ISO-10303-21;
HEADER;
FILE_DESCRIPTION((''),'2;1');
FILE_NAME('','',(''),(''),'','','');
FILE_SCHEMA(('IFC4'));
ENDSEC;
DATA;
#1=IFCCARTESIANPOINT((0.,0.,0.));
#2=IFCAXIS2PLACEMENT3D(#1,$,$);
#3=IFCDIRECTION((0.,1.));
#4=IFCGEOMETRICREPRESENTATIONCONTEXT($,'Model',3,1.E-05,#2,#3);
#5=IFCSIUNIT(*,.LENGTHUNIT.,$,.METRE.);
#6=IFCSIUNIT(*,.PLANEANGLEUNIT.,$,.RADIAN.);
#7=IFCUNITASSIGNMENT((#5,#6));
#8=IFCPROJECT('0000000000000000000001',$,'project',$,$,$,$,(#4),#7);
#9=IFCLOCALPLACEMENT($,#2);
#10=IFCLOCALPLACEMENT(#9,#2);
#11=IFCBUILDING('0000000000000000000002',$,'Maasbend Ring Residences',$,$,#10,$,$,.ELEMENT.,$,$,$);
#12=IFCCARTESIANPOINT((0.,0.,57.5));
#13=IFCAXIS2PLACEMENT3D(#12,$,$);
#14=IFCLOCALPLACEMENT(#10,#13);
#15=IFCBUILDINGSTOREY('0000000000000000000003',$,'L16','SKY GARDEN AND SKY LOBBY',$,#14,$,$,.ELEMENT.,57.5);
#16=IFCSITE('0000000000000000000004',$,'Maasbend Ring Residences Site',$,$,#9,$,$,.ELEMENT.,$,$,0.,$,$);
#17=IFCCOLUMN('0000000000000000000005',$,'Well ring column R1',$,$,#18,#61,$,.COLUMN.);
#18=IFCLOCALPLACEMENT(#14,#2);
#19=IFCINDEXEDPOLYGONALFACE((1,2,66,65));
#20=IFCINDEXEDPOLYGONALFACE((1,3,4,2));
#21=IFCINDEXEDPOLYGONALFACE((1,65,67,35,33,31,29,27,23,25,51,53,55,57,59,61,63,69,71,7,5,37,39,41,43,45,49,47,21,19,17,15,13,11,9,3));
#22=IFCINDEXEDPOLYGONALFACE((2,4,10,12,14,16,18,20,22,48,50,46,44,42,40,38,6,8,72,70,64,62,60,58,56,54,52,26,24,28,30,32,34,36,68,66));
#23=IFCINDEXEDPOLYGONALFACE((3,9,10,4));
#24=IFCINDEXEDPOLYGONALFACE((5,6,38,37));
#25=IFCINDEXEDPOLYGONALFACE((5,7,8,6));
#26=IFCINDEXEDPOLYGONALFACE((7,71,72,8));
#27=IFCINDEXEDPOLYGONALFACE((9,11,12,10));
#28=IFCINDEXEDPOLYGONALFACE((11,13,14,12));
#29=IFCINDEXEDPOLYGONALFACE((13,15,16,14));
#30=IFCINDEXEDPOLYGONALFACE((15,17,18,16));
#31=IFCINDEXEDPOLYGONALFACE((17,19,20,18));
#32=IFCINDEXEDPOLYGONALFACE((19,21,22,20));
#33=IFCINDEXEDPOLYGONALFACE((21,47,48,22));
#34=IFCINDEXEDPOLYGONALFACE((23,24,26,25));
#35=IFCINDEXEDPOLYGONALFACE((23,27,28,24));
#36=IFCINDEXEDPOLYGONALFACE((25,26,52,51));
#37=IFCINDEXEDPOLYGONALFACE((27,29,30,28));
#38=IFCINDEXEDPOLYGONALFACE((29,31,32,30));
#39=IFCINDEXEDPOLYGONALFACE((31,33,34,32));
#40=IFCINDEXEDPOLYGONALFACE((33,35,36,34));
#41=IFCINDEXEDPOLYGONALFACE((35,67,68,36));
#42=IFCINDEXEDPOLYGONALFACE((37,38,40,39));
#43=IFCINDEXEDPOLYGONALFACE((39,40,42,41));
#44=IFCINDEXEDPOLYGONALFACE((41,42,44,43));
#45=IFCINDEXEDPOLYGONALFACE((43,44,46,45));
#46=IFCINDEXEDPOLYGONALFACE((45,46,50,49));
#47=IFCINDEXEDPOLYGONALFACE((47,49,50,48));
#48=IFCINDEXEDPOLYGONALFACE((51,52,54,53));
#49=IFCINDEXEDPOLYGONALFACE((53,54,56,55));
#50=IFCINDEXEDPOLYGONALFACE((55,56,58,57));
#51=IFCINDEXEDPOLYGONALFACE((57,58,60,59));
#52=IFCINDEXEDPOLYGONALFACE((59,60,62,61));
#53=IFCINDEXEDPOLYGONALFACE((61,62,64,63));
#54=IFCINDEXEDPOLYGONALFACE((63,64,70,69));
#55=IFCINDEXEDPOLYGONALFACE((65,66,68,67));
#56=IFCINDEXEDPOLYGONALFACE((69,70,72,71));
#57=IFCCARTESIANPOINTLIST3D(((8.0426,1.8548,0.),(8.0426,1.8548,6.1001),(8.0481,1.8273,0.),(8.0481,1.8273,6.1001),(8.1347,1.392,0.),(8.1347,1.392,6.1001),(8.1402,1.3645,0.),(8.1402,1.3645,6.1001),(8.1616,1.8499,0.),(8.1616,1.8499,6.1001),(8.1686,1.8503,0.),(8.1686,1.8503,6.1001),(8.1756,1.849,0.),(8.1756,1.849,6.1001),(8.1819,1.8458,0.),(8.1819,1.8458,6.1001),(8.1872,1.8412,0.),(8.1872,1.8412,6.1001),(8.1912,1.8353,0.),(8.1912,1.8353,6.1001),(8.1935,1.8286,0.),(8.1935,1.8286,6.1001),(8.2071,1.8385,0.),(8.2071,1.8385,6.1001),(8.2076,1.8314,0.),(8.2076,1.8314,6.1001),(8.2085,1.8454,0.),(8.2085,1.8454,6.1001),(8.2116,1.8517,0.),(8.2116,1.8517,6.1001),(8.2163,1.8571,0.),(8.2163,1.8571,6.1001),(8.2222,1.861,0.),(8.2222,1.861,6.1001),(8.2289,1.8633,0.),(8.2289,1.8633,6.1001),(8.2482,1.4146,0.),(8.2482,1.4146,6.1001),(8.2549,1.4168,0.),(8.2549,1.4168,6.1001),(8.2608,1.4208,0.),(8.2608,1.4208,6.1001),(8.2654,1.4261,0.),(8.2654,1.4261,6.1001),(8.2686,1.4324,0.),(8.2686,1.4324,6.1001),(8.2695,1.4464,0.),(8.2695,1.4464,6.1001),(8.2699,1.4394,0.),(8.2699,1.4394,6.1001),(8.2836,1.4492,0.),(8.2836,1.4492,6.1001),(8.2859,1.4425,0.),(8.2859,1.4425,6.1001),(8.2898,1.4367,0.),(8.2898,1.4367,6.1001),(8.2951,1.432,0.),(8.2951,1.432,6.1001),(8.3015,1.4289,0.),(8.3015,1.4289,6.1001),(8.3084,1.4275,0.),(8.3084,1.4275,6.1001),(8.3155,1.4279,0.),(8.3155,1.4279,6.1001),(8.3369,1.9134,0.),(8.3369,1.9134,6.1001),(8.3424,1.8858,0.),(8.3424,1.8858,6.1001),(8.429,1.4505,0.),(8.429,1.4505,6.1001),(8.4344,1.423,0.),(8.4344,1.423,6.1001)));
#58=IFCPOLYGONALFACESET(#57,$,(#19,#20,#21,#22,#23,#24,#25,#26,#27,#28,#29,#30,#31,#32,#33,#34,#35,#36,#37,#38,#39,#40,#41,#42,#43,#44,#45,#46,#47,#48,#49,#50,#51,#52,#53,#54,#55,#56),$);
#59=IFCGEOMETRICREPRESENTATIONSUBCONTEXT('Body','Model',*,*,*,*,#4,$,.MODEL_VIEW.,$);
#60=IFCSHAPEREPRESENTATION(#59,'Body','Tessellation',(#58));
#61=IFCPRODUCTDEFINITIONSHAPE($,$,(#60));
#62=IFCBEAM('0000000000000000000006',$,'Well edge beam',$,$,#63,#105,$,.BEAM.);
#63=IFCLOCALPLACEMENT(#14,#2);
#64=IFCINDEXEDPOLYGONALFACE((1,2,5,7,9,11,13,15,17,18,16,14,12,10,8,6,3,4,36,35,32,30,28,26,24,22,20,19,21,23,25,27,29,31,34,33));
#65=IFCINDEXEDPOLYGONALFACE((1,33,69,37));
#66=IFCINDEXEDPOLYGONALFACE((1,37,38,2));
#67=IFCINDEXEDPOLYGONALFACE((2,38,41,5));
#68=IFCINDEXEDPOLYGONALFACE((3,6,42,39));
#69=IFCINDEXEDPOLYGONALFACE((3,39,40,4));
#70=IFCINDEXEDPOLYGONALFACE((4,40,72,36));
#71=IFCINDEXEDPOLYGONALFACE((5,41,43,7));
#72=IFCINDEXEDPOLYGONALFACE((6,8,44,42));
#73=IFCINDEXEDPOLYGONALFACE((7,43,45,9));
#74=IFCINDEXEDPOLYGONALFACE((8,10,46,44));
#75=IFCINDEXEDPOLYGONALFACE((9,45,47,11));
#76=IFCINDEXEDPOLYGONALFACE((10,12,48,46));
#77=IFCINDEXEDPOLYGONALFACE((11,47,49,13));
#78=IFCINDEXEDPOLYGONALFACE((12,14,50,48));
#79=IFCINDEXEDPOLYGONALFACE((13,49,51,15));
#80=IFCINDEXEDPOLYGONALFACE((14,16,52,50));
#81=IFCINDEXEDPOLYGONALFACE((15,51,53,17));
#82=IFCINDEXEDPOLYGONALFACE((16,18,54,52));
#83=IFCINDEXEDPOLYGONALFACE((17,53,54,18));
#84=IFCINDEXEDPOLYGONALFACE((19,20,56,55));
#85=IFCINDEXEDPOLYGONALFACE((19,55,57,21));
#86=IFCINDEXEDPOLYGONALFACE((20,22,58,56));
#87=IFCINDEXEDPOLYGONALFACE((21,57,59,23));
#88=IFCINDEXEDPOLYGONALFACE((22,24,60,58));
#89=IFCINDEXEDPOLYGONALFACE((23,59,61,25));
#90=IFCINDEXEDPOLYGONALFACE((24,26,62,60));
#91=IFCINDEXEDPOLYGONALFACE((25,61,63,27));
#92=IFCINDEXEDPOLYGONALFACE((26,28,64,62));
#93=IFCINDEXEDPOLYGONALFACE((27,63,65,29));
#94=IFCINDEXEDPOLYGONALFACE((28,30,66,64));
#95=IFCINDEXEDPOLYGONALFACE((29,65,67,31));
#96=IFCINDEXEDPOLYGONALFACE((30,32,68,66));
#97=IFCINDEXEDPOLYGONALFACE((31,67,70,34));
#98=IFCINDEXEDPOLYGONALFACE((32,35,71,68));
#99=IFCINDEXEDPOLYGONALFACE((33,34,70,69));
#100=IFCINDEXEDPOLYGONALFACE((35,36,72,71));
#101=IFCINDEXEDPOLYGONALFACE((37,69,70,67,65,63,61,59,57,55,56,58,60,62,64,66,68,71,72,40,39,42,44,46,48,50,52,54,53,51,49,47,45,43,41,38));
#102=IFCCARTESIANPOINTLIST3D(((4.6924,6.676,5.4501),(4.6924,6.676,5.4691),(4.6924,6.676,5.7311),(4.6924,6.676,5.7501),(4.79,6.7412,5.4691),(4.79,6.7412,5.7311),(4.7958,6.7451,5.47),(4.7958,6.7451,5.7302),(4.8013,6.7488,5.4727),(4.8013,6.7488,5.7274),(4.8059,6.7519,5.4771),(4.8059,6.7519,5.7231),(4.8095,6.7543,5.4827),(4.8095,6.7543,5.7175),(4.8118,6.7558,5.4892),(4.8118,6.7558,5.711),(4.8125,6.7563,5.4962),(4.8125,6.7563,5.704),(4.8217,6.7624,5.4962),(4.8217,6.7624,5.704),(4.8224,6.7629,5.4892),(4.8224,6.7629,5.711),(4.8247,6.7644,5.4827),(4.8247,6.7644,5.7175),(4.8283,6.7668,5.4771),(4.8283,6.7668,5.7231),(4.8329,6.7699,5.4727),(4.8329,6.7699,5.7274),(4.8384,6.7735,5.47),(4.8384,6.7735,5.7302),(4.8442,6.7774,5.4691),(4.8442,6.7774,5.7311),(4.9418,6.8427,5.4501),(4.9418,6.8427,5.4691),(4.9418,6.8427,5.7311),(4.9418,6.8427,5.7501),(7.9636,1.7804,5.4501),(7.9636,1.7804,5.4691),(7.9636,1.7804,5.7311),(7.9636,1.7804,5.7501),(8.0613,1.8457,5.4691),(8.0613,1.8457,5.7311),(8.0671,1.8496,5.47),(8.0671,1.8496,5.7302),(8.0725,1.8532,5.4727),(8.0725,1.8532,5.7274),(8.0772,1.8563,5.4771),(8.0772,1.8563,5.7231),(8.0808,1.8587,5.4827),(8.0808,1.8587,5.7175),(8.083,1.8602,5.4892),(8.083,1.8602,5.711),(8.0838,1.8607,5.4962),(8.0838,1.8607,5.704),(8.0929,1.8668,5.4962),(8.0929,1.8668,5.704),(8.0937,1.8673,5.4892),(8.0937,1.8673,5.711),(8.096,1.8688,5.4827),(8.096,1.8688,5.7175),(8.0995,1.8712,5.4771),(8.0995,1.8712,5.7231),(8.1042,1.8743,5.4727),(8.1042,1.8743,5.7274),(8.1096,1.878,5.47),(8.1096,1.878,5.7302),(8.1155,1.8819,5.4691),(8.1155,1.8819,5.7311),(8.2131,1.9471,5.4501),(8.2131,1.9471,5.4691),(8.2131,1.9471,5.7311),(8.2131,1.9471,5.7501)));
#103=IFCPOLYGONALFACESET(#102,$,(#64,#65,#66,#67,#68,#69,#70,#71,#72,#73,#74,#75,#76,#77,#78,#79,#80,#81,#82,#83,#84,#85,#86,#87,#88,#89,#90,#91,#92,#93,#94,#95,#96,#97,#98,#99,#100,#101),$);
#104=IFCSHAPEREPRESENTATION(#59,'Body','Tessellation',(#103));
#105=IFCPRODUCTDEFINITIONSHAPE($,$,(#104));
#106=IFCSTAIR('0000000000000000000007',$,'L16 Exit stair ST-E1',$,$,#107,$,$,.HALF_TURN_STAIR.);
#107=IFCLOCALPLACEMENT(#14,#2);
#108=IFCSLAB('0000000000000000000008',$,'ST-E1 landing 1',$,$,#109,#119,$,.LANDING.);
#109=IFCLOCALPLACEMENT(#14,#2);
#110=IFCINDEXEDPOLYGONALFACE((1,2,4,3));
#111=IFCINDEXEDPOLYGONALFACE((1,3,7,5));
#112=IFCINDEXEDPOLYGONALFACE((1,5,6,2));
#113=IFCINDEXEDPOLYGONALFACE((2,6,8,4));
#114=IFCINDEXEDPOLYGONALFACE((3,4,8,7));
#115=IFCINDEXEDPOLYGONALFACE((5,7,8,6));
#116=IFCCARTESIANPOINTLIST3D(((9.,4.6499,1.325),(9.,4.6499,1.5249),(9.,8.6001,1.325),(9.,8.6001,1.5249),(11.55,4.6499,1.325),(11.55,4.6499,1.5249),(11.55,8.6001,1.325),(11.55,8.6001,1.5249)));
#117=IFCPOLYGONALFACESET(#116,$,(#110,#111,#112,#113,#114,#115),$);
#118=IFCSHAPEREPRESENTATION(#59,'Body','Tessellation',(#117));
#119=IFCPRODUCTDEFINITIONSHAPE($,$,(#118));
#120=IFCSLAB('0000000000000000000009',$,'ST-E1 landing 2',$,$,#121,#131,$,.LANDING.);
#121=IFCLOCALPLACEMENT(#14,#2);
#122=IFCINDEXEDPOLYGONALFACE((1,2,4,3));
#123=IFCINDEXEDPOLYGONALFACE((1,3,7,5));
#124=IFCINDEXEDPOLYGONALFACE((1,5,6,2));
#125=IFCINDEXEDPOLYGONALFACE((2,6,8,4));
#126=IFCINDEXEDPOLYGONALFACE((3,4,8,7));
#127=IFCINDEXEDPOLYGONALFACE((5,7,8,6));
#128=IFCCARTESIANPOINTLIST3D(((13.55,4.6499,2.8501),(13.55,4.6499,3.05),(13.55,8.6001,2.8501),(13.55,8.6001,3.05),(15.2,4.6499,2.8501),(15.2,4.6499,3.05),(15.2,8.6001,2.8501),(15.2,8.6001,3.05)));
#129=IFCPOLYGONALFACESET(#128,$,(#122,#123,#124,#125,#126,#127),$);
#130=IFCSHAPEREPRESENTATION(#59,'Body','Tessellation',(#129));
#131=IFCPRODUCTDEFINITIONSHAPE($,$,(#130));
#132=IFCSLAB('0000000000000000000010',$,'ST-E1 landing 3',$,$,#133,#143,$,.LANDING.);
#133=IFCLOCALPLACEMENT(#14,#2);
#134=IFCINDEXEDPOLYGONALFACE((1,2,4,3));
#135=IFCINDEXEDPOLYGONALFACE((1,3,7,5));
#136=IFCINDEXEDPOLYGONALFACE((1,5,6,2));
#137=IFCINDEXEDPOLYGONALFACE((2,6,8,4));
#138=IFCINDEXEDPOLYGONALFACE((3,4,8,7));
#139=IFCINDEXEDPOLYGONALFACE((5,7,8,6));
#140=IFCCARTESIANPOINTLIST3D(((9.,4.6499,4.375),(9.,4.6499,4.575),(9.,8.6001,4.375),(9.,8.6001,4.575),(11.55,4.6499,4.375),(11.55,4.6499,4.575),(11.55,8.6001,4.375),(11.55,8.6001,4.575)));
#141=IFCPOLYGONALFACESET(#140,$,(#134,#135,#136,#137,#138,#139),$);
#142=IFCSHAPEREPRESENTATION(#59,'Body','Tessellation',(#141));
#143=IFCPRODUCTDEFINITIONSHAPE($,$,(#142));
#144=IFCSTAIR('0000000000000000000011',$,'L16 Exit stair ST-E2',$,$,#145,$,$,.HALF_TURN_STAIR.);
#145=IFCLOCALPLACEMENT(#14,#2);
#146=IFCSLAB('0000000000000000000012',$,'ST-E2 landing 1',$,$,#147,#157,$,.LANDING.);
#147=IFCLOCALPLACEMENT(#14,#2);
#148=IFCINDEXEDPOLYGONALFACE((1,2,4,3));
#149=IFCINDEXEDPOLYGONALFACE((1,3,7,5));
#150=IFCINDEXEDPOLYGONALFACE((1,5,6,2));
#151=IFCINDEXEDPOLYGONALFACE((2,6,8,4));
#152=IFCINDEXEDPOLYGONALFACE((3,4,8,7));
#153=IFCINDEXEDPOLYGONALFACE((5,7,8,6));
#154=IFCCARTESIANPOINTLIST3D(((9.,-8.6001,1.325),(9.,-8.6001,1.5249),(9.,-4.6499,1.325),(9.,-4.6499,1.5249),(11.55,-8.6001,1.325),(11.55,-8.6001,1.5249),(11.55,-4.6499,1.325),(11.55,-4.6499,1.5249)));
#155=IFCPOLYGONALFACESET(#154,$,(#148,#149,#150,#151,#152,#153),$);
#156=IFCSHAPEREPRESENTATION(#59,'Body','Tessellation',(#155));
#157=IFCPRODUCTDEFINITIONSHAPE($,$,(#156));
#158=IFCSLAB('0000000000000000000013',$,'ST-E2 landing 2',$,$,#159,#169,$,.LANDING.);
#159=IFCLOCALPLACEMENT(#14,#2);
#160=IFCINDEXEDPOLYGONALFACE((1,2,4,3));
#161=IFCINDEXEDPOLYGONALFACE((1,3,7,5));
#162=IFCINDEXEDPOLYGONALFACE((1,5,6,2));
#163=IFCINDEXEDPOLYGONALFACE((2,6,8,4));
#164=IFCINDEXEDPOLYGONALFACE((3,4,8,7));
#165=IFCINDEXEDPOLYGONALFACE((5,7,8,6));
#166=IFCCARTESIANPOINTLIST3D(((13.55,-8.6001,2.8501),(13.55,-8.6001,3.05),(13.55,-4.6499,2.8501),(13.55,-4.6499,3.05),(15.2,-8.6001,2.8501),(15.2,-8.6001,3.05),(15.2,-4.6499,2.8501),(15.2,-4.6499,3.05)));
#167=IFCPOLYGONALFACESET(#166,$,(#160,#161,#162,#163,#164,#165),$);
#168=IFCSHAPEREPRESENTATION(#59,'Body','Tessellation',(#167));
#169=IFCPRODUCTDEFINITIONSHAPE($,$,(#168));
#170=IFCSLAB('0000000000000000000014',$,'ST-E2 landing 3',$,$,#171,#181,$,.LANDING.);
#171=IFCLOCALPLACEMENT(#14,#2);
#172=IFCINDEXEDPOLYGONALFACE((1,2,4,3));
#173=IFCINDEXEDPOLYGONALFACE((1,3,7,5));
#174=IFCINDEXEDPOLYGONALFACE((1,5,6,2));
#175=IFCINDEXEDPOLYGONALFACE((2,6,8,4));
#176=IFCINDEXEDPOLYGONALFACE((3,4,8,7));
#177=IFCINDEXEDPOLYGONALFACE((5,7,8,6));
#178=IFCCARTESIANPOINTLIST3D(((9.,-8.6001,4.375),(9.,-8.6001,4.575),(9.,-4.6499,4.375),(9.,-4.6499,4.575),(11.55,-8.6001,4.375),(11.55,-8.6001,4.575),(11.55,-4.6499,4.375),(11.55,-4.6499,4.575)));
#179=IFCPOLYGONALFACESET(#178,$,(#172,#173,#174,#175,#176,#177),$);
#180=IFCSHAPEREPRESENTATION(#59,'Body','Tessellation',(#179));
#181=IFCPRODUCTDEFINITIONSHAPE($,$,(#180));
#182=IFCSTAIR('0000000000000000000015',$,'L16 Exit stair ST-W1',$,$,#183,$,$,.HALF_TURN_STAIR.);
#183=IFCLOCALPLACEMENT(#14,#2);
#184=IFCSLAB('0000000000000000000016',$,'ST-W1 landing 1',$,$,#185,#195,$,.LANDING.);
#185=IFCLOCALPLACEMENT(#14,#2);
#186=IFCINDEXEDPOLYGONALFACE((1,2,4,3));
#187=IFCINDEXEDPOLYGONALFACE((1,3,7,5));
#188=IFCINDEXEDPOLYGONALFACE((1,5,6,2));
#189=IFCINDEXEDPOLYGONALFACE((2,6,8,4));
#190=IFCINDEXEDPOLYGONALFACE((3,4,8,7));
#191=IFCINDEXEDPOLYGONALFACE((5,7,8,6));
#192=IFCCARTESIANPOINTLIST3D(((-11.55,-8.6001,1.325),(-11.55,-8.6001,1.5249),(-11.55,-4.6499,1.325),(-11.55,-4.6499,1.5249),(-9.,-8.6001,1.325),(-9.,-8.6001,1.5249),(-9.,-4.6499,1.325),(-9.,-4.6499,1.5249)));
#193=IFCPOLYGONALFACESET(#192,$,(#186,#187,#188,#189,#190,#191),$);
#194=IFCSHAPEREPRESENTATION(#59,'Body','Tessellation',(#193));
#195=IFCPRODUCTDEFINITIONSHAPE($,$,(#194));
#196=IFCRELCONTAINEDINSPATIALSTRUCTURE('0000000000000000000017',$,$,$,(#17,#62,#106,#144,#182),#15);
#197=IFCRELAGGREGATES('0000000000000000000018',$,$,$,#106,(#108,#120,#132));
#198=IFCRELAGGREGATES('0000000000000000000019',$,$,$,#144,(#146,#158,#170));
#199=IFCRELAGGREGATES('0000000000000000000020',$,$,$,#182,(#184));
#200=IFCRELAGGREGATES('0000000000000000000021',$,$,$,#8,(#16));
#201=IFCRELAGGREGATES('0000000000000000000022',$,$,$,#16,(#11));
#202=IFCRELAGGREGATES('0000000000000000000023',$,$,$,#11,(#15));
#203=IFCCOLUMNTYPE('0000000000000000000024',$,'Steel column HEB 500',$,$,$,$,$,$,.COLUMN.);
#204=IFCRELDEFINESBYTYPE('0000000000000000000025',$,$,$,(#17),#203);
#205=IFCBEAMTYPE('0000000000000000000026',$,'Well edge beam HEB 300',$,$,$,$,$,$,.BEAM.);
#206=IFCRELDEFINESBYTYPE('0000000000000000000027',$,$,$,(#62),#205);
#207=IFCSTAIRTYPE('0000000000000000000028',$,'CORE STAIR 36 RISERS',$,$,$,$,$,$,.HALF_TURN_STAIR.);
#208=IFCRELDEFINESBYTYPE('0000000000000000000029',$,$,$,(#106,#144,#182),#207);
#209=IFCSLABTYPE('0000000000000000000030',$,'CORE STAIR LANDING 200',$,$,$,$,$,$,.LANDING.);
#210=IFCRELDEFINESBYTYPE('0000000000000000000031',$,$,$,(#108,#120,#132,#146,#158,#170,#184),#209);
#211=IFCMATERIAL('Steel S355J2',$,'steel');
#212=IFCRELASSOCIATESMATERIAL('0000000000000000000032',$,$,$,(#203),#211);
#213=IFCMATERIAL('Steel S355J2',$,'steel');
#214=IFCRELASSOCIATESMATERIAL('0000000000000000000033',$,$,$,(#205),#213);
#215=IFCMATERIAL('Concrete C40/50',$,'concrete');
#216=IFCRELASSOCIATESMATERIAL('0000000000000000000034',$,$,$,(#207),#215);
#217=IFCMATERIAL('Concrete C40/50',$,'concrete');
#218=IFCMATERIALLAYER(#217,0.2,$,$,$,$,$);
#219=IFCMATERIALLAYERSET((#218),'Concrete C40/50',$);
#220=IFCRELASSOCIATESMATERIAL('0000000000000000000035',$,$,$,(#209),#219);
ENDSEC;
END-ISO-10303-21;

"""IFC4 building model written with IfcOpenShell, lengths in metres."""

from ifc_helpers import new_model, si_unit, direction, frame, origin, origin_2d, place, context, subcontext, project, spatial, polyline, i_section, outline, extrude, material, layer, layer_set, material_profile, profile_set, type_object, element, aggregate, save


model = new_model("IFC4")

# Units and contexts
model_context = context("Model", 3, precision=1e-05, world=origin(), true_north=direction((0.0, 1.0)))
body_context = subcontext(model_context, "Body", "Model", "MODEL_VIEW")
ifc_project = project(units=[si_unit("LENGTHUNIT", "METRE"), si_unit("PLANEANGLEUNIT", "RADIAN")], contexts=[model_context])

# Site, building, storey
site_placement = place(None, origin())
site = spatial("IfcSite", under=ifc_project, at=site_placement, Name="Maasbend Ring Residences Site", CompositionType="ELEMENT", RefElevation=0.0)
building_placement = place(site_placement, origin())
building = spatial("IfcBuilding", under=site, at=building_placement, Name="Maasbend Ring Residences", CompositionType="ELEMENT")
storey_placement = place(building_placement, frame((0.0, 0.0, 57.5)))
storey = spatial("IfcBuildingStorey", under=building, at=storey_placement, Name="L16", Description="SKY GARDEN AND SKY LOBBY", CompositionType="ELEMENT", Elevation=57.5)

# Column
ifc_material_1 = material(Name="Steel S355J2", Category="steel")
ifc_material_profile_1 = material_profile(ifc_material_1, i_section(OverallWidth=0.3, OverallDepth=0.5, WebThickness=0.0144, FlangeThickness=0.0281, FilletRadius=0.0271, at=origin_2d()), Name="HEB 500")
ifc_profile_set_1 = profile_set([ifc_material_profile_1], Name="Steel S355J2")
column_type = type_object("IfcColumnType", Name="Steel column HEB 500", PredefinedType="COLUMN", material=ifc_profile_set_1)
column_placement = place(storey_placement, frame((8.2385, 1.6389, 0.0), z_axis=(0.0, 0.0, 1.0), x_axis=(0.980785, 0.19509, 0.0)))
element("IfcColumn", 1, at=column_placement, inside=storey, type_object=column_type, Name="Well ring column R1", PredefinedType="COLUMN", context=body_context, shape_type="SweptSolid", body=[
    extrude(i_section(OverallWidth=0.3, OverallDepth=0.5, WebThickness=0.0144, FlangeThickness=0.0281, FilletRadius=0.0271, at=origin_2d()), origin(), (0.0, 0.0, 1.0), 6.1001),
])

# Beam
ifc_material_2 = material(Name="Steel S355J2", Category="steel")
ifc_material_profile_2 = material_profile(ifc_material_2, i_section(OverallWidth=0.3, OverallDepth=0.3, WebThickness=0.011, FlangeThickness=0.019, FilletRadius=0.0271, at=origin_2d()), Name="HEB 300")
ifc_profile_set_2 = profile_set([ifc_material_profile_2], Name="Steel S355J2")
beam_type = type_object("IfcBeamType", Name="Well edge beam HEB 300", PredefinedType="BEAM", material=ifc_profile_set_2)
beam_placement = place(storey_placement, frame((8.0884, 1.8638, 5.6001), z_axis=(-0.55559, 0.831457, 0.0), x_axis=(-0.831457, -0.55559, 0.0)))
element("IfcBeam", 2, at=beam_placement, inside=storey, type_object=beam_type, Name="Well edge beam", PredefinedType="BEAM", context=body_context, shape_type="SweptSolid", body=[
    extrude(i_section(OverallWidth=0.3, OverallDepth=0.3, WebThickness=0.011, FlangeThickness=0.019, FilletRadius=0.0271, at=origin_2d()), origin(), (0.0, 0.0, 1.0), 5.8879),
])

# Stairs, slabs
ifc_material_3 = material(Name="Concrete C40/50", Category="concrete")
stair_type = type_object("IfcStairType", Name="CORE STAIR 36 RISERS", PredefinedType="HALF_TURN_STAIR", material=ifc_material_3)
stair_1_placement = place(storey_placement, origin())
stair_1 = element("IfcStair", 3, at=stair_1_placement, inside=storey, type_object=stair_type, Name="L16 Exit stair ST-E1", PredefinedType="HALF_TURN_STAIR")
ifc_material_4 = material(Name="Concrete C40/50", Category="concrete")
ifc_layer_1 = layer(ifc_material_4, 0.2)
ifc_layer_set_1 = layer_set([ifc_layer_1], Name="Concrete C40/50")
slab_type_1 = type_object("IfcSlabType", Name="CORE STAIR LANDING 200", PredefinedType="LANDING", material=ifc_layer_set_1)
slab_1_placement = place(storey_placement, frame((0.0, 0.0, 1.325)))
slab_1 = element("IfcSlab", 4, at=slab_1_placement, type_object=slab_type_1, Name="ST-E1 landing 1", PredefinedType="LANDING", context=body_context, shape_type="SweptSolid", body=[
    extrude(outline(polyline([(11.55, 8.6001), (9.0, 8.6001), (9.0, 4.6499), (11.55, 4.6499), (11.55, 8.6001)])), origin(), (0.0, 0.0, 1.0), 0.2),
])
slab_2_placement = place(storey_placement, frame((0.0, 0.0, 2.8501)))
slab_2 = element("IfcSlab", 5, at=slab_2_placement, type_object=slab_type_1, Name="ST-E1 landing 2", PredefinedType="LANDING", context=body_context, shape_type="SweptSolid", body=[
    extrude(outline(polyline([(15.2, 8.6001), (13.55, 8.6001), (13.55, 4.6499), (15.2, 4.6499), (15.2, 8.6001)])), origin(), (0.0, 0.0, 1.0), 0.2),
])
slab_3_placement = place(storey_placement, frame((0.0, 0.0, 4.375)))
slab_3 = element("IfcSlab", 6, at=slab_3_placement, type_object=slab_type_1, Name="ST-E1 landing 3", PredefinedType="LANDING", context=body_context, shape_type="SweptSolid", body=[
    extrude(outline(polyline([(11.55, 8.6001), (9.0, 8.6001), (9.0, 4.6499), (11.55, 4.6499), (11.55, 8.6001)])), origin(), (0.0, 0.0, 1.0), 0.2),
])
aggregate(stair_1, [slab_1, slab_2, slab_3])
stair_2_placement = place(storey_placement, origin())
stair_2 = element("IfcStair", 7, at=stair_2_placement, inside=storey, type_object=stair_type, Name="L16 Exit stair ST-E2", PredefinedType="HALF_TURN_STAIR")
slab_4_placement = place(storey_placement, frame((0.0, 0.0, 1.325)))
slab_4 = element("IfcSlab", 8, at=slab_4_placement, type_object=slab_type_1, Name="ST-E2 landing 1", PredefinedType="LANDING", context=body_context, shape_type="SweptSolid", body=[
    extrude(outline(polyline([(11.55, -4.6499), (9.0, -4.6499), (9.0, -8.6001), (11.55, -8.6001), (11.55, -4.6499)])), origin(), (0.0, 0.0, 1.0), 0.2),
])
slab_5_placement = place(storey_placement, frame((0.0, 0.0, 2.8501)))
slab_5 = element("IfcSlab", 9, at=slab_5_placement, type_object=slab_type_1, Name="ST-E2 landing 2", PredefinedType="LANDING", context=body_context, shape_type="SweptSolid", body=[
    extrude(outline(polyline([(15.2, -4.6499), (13.55, -4.6499), (13.55, -8.6001), (15.2, -8.6001), (15.2, -4.6499)])), origin(), (0.0, 0.0, 1.0), 0.2),
])
slab_6_placement = place(storey_placement, frame((0.0, 0.0, 4.375)))
slab_6 = element("IfcSlab", 10, at=slab_6_placement, type_object=slab_type_1, Name="ST-E2 landing 3", PredefinedType="LANDING", context=body_context, shape_type="SweptSolid", body=[
    extrude(outline(polyline([(11.55, -4.6499), (9.0, -4.6499), (9.0, -8.6001), (11.55, -8.6001), (11.55, -4.6499)])), origin(), (0.0, 0.0, 1.0), 0.2),
])
aggregate(stair_2, [slab_4, slab_5, slab_6])
stair_3_placement = place(storey_placement, origin())
stair_3 = element("IfcStair", 11, at=stair_3_placement, inside=storey, type_object=stair_type, Name="L16 Exit stair ST-W1", PredefinedType="HALF_TURN_STAIR")
slab_7_placement = place(storey_placement, frame((0.0, 0.0, 1.325)))
slab_7 = element("IfcSlab", 12, at=slab_7_placement, type_object=slab_type_1, Name="ST-W1 landing 1", PredefinedType="LANDING", context=body_context, shape_type="SweptSolid", body=[
    extrude(outline(polyline([(-11.55, -8.6001), (-9.0, -8.6001), (-9.0, -4.6499), (-11.55, -4.6499), (-11.55, -8.6001)])), origin(), (0.0, 0.0, 1.0), 0.2),
])
aggregate(stair_3, [slab_7])

save(model, "model.ifc")
